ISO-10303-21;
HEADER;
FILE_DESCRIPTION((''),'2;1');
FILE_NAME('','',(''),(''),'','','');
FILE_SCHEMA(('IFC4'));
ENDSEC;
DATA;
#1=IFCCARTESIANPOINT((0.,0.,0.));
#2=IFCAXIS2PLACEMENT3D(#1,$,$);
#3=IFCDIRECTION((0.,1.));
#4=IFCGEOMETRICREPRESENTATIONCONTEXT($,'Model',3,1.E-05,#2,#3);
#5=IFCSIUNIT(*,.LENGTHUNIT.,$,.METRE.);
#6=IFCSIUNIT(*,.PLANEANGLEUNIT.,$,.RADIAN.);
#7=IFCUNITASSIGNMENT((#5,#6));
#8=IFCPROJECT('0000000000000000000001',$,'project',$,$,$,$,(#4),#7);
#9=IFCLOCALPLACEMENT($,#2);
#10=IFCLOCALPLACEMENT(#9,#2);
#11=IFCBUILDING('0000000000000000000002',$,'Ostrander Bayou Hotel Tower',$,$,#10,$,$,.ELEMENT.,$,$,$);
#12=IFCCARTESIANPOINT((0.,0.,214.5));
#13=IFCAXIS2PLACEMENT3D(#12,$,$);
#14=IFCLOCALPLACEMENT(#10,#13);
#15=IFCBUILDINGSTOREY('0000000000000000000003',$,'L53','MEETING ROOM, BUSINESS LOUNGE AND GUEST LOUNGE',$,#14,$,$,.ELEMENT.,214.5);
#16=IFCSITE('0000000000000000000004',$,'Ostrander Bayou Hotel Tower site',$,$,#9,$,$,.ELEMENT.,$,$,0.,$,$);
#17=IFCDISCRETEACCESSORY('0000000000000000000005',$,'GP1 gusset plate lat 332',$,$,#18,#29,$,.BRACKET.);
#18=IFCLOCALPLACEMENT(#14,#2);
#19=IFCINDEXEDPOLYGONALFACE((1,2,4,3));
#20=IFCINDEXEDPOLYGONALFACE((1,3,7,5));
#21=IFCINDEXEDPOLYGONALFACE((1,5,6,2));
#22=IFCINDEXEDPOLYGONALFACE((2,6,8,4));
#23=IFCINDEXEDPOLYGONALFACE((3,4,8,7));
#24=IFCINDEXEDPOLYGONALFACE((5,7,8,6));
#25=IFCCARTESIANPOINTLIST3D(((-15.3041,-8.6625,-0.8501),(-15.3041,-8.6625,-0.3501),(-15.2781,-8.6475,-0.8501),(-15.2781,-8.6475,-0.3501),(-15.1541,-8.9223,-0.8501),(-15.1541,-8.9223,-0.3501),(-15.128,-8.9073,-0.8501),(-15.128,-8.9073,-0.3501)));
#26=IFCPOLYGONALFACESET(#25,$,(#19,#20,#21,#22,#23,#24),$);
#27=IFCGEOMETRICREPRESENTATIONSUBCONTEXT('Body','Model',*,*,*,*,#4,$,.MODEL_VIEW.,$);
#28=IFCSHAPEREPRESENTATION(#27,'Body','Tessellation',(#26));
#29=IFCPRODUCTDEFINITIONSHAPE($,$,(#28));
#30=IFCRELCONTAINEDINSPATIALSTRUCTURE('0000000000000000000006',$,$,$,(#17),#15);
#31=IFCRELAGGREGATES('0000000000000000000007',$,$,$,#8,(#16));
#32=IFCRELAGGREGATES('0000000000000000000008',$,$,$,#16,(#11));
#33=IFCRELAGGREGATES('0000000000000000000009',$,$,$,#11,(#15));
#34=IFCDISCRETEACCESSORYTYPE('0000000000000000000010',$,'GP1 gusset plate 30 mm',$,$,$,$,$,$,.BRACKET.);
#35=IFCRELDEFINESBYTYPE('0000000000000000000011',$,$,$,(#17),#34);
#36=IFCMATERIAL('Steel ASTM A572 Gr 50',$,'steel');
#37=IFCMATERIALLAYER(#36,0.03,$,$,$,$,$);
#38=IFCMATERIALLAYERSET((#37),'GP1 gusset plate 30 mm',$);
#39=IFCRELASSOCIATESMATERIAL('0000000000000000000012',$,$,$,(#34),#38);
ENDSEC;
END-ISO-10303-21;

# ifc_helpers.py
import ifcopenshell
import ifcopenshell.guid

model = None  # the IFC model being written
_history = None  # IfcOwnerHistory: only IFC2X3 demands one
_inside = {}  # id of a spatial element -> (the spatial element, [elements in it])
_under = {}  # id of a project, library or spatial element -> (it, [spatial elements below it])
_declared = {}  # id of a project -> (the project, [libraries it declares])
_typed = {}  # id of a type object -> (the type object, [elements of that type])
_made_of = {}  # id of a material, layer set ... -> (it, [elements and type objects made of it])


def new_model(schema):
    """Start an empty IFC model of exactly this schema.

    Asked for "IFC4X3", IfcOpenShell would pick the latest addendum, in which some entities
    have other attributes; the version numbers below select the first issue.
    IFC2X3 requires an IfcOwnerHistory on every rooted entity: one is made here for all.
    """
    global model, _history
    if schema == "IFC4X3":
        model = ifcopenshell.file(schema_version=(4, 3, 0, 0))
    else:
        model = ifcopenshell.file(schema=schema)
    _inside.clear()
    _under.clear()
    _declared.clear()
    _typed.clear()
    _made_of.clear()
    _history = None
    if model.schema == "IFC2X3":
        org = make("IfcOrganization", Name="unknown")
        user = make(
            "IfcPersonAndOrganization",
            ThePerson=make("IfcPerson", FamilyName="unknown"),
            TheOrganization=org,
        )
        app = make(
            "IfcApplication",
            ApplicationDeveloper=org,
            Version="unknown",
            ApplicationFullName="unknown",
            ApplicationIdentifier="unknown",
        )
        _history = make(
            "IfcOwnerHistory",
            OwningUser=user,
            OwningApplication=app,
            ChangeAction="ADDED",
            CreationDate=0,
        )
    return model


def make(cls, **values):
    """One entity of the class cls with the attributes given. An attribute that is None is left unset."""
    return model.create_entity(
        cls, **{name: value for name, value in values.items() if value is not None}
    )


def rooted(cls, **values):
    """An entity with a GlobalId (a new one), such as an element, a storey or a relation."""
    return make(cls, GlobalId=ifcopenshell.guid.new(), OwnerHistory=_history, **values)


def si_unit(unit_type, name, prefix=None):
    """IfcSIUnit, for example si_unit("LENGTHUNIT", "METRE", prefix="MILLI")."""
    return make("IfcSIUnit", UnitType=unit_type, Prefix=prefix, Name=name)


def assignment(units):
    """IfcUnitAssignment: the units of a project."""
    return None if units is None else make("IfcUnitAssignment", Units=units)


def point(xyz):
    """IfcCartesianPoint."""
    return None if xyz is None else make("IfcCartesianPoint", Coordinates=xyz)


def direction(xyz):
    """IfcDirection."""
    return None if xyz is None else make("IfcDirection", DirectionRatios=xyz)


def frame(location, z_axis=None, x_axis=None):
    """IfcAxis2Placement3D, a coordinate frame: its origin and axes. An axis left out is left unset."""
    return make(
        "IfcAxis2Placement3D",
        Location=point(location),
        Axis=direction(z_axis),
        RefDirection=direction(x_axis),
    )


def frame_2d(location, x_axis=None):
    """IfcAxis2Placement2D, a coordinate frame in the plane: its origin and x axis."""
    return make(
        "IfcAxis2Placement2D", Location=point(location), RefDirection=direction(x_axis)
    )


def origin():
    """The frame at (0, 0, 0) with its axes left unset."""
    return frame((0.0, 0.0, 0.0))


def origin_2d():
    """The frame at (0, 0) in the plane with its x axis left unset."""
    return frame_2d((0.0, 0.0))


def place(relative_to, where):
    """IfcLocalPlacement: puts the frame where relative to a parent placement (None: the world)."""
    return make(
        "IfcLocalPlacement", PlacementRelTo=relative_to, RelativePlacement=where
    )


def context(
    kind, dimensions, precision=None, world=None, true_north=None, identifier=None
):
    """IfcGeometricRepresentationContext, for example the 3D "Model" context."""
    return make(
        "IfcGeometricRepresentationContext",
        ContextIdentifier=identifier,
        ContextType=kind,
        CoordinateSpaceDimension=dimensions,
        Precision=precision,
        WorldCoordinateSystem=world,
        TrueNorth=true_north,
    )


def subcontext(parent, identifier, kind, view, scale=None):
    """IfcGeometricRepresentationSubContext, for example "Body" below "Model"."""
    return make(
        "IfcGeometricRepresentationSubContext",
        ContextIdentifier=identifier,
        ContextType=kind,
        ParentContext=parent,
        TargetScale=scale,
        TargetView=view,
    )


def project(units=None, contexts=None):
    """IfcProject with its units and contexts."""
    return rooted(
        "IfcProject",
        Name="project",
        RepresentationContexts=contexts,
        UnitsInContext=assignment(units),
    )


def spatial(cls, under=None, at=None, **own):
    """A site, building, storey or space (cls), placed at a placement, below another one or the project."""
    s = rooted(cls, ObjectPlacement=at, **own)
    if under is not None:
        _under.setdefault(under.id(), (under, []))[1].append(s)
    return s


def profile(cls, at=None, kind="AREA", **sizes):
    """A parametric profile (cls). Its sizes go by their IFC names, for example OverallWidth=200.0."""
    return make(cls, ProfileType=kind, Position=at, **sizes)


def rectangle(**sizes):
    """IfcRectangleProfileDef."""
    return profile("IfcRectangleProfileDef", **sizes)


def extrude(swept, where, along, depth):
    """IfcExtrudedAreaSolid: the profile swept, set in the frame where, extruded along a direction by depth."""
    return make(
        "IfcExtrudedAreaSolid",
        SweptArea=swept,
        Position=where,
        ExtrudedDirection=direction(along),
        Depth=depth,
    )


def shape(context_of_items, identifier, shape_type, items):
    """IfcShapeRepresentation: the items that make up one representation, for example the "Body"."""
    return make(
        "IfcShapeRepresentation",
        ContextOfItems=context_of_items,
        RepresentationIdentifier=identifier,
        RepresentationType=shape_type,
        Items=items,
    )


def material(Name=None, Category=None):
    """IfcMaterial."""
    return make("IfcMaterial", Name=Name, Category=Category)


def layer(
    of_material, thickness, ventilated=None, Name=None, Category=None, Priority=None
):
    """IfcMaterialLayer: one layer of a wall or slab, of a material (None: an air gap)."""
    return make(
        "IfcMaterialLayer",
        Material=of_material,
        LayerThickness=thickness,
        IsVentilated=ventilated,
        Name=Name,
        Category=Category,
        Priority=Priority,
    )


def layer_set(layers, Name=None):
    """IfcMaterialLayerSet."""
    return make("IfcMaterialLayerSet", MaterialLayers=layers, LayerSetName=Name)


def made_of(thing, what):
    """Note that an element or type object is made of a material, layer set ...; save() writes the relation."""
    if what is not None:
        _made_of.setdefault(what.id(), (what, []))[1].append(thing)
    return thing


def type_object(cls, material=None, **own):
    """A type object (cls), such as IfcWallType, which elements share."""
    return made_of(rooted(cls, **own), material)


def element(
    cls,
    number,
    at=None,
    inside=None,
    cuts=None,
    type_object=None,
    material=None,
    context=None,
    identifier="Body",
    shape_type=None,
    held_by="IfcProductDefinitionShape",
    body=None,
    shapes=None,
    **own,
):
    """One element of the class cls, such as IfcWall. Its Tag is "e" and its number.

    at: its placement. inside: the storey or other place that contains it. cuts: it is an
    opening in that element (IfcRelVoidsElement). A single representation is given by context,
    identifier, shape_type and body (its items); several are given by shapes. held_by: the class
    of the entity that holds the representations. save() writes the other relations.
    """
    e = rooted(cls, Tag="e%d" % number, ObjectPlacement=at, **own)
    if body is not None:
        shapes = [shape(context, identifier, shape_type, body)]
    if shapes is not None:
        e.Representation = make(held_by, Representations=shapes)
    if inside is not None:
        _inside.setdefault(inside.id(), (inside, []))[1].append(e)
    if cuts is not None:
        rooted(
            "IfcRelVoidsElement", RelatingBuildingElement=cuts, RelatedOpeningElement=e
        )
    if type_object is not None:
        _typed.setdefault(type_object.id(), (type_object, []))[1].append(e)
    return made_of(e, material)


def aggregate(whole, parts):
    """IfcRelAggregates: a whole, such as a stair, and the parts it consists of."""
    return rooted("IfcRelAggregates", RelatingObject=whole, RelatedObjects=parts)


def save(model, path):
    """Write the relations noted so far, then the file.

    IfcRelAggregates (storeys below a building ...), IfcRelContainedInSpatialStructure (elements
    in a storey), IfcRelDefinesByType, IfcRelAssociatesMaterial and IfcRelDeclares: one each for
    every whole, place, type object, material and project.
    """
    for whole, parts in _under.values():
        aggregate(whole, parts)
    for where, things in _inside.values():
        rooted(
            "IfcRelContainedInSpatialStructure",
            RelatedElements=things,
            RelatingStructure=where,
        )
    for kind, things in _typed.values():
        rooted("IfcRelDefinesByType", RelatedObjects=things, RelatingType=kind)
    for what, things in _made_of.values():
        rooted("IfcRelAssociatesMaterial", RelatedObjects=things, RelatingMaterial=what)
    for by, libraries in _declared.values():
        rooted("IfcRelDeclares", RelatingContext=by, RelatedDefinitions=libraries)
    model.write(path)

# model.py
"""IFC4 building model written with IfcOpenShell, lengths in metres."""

from ifc_helpers import new_model, si_unit, direction, frame, origin, origin_2d, place, context, subcontext, project, spatial, rectangle, extrude, material, layer, layer_set, type_object, element, save


model = new_model("IFC4")

# Units and contexts
model_context = context("Model", 3, precision=1e-05, world=origin(), true_north=direction((0.0, 1.0)))
body_context = subcontext(model_context, "Body", "Model", "MODEL_VIEW")
ifc_project = project(units=[si_unit("LENGTHUNIT", "METRE"), si_unit("PLANEANGLEUNIT", "RADIAN")], contexts=[model_context])

# Site, building, storey
site_placement = place(None, origin())
site = spatial("IfcSite", under=ifc_project, at=site_placement, Name="Ostrander Bayou Hotel Tower site", CompositionType="ELEMENT", RefElevation=0.0)
building_placement = place(site_placement, origin())
building = spatial("IfcBuilding", under=site, at=building_placement, Name="Ostrander Bayou Hotel Tower", CompositionType="ELEMENT")
storey_placement = place(building_placement, frame((0.0, 0.0, 214.5)))
storey = spatial("IfcBuildingStorey", under=building, at=storey_placement, Name="L53", Description="MEETING ROOM, BUSINESS LOUNGE AND GUEST LOUNGE", CompositionType="ELEMENT", Elevation=214.5)

# Discrete accessory
ifc_material_1 = material(Name="Steel ASTM A572 Gr 50", Category="steel")
ifc_layer_1 = layer(ifc_material_1, 0.03)
ifc_layer_set_1 = layer_set([ifc_layer_1], Name="GP1 gusset plate 30 mm")
discrete_accessory_type = type_object("IfcDiscreteAccessoryType", Name="GP1 gusset plate 30 mm", PredefinedType="BRACKET", material=ifc_layer_set_1)
for number, where, z_axis, x_axis, name in (
    (1, (-15.2161, -8.7849, -0.8501), (0.0, 0.0, 1.0), (0.5, -0.866025, 0.0), "GP1 gusset plate lat 332"),
):
    element("IfcDiscreteAccessory", number, at=place(storey_placement, frame(where, z_axis=z_axis, x_axis=x_axis)), inside=storey, type_object=discrete_accessory_type, Name=name, PredefinedType="BRACKET", context=body_context, shape_type="SweptSolid", body=[
        extrude(rectangle(XDim=0.3, YDim=0.03, at=origin_2d()), origin(), (0.0, 0.0, 1.0), 0.5),
    ])

save(model, "model.ifc")
